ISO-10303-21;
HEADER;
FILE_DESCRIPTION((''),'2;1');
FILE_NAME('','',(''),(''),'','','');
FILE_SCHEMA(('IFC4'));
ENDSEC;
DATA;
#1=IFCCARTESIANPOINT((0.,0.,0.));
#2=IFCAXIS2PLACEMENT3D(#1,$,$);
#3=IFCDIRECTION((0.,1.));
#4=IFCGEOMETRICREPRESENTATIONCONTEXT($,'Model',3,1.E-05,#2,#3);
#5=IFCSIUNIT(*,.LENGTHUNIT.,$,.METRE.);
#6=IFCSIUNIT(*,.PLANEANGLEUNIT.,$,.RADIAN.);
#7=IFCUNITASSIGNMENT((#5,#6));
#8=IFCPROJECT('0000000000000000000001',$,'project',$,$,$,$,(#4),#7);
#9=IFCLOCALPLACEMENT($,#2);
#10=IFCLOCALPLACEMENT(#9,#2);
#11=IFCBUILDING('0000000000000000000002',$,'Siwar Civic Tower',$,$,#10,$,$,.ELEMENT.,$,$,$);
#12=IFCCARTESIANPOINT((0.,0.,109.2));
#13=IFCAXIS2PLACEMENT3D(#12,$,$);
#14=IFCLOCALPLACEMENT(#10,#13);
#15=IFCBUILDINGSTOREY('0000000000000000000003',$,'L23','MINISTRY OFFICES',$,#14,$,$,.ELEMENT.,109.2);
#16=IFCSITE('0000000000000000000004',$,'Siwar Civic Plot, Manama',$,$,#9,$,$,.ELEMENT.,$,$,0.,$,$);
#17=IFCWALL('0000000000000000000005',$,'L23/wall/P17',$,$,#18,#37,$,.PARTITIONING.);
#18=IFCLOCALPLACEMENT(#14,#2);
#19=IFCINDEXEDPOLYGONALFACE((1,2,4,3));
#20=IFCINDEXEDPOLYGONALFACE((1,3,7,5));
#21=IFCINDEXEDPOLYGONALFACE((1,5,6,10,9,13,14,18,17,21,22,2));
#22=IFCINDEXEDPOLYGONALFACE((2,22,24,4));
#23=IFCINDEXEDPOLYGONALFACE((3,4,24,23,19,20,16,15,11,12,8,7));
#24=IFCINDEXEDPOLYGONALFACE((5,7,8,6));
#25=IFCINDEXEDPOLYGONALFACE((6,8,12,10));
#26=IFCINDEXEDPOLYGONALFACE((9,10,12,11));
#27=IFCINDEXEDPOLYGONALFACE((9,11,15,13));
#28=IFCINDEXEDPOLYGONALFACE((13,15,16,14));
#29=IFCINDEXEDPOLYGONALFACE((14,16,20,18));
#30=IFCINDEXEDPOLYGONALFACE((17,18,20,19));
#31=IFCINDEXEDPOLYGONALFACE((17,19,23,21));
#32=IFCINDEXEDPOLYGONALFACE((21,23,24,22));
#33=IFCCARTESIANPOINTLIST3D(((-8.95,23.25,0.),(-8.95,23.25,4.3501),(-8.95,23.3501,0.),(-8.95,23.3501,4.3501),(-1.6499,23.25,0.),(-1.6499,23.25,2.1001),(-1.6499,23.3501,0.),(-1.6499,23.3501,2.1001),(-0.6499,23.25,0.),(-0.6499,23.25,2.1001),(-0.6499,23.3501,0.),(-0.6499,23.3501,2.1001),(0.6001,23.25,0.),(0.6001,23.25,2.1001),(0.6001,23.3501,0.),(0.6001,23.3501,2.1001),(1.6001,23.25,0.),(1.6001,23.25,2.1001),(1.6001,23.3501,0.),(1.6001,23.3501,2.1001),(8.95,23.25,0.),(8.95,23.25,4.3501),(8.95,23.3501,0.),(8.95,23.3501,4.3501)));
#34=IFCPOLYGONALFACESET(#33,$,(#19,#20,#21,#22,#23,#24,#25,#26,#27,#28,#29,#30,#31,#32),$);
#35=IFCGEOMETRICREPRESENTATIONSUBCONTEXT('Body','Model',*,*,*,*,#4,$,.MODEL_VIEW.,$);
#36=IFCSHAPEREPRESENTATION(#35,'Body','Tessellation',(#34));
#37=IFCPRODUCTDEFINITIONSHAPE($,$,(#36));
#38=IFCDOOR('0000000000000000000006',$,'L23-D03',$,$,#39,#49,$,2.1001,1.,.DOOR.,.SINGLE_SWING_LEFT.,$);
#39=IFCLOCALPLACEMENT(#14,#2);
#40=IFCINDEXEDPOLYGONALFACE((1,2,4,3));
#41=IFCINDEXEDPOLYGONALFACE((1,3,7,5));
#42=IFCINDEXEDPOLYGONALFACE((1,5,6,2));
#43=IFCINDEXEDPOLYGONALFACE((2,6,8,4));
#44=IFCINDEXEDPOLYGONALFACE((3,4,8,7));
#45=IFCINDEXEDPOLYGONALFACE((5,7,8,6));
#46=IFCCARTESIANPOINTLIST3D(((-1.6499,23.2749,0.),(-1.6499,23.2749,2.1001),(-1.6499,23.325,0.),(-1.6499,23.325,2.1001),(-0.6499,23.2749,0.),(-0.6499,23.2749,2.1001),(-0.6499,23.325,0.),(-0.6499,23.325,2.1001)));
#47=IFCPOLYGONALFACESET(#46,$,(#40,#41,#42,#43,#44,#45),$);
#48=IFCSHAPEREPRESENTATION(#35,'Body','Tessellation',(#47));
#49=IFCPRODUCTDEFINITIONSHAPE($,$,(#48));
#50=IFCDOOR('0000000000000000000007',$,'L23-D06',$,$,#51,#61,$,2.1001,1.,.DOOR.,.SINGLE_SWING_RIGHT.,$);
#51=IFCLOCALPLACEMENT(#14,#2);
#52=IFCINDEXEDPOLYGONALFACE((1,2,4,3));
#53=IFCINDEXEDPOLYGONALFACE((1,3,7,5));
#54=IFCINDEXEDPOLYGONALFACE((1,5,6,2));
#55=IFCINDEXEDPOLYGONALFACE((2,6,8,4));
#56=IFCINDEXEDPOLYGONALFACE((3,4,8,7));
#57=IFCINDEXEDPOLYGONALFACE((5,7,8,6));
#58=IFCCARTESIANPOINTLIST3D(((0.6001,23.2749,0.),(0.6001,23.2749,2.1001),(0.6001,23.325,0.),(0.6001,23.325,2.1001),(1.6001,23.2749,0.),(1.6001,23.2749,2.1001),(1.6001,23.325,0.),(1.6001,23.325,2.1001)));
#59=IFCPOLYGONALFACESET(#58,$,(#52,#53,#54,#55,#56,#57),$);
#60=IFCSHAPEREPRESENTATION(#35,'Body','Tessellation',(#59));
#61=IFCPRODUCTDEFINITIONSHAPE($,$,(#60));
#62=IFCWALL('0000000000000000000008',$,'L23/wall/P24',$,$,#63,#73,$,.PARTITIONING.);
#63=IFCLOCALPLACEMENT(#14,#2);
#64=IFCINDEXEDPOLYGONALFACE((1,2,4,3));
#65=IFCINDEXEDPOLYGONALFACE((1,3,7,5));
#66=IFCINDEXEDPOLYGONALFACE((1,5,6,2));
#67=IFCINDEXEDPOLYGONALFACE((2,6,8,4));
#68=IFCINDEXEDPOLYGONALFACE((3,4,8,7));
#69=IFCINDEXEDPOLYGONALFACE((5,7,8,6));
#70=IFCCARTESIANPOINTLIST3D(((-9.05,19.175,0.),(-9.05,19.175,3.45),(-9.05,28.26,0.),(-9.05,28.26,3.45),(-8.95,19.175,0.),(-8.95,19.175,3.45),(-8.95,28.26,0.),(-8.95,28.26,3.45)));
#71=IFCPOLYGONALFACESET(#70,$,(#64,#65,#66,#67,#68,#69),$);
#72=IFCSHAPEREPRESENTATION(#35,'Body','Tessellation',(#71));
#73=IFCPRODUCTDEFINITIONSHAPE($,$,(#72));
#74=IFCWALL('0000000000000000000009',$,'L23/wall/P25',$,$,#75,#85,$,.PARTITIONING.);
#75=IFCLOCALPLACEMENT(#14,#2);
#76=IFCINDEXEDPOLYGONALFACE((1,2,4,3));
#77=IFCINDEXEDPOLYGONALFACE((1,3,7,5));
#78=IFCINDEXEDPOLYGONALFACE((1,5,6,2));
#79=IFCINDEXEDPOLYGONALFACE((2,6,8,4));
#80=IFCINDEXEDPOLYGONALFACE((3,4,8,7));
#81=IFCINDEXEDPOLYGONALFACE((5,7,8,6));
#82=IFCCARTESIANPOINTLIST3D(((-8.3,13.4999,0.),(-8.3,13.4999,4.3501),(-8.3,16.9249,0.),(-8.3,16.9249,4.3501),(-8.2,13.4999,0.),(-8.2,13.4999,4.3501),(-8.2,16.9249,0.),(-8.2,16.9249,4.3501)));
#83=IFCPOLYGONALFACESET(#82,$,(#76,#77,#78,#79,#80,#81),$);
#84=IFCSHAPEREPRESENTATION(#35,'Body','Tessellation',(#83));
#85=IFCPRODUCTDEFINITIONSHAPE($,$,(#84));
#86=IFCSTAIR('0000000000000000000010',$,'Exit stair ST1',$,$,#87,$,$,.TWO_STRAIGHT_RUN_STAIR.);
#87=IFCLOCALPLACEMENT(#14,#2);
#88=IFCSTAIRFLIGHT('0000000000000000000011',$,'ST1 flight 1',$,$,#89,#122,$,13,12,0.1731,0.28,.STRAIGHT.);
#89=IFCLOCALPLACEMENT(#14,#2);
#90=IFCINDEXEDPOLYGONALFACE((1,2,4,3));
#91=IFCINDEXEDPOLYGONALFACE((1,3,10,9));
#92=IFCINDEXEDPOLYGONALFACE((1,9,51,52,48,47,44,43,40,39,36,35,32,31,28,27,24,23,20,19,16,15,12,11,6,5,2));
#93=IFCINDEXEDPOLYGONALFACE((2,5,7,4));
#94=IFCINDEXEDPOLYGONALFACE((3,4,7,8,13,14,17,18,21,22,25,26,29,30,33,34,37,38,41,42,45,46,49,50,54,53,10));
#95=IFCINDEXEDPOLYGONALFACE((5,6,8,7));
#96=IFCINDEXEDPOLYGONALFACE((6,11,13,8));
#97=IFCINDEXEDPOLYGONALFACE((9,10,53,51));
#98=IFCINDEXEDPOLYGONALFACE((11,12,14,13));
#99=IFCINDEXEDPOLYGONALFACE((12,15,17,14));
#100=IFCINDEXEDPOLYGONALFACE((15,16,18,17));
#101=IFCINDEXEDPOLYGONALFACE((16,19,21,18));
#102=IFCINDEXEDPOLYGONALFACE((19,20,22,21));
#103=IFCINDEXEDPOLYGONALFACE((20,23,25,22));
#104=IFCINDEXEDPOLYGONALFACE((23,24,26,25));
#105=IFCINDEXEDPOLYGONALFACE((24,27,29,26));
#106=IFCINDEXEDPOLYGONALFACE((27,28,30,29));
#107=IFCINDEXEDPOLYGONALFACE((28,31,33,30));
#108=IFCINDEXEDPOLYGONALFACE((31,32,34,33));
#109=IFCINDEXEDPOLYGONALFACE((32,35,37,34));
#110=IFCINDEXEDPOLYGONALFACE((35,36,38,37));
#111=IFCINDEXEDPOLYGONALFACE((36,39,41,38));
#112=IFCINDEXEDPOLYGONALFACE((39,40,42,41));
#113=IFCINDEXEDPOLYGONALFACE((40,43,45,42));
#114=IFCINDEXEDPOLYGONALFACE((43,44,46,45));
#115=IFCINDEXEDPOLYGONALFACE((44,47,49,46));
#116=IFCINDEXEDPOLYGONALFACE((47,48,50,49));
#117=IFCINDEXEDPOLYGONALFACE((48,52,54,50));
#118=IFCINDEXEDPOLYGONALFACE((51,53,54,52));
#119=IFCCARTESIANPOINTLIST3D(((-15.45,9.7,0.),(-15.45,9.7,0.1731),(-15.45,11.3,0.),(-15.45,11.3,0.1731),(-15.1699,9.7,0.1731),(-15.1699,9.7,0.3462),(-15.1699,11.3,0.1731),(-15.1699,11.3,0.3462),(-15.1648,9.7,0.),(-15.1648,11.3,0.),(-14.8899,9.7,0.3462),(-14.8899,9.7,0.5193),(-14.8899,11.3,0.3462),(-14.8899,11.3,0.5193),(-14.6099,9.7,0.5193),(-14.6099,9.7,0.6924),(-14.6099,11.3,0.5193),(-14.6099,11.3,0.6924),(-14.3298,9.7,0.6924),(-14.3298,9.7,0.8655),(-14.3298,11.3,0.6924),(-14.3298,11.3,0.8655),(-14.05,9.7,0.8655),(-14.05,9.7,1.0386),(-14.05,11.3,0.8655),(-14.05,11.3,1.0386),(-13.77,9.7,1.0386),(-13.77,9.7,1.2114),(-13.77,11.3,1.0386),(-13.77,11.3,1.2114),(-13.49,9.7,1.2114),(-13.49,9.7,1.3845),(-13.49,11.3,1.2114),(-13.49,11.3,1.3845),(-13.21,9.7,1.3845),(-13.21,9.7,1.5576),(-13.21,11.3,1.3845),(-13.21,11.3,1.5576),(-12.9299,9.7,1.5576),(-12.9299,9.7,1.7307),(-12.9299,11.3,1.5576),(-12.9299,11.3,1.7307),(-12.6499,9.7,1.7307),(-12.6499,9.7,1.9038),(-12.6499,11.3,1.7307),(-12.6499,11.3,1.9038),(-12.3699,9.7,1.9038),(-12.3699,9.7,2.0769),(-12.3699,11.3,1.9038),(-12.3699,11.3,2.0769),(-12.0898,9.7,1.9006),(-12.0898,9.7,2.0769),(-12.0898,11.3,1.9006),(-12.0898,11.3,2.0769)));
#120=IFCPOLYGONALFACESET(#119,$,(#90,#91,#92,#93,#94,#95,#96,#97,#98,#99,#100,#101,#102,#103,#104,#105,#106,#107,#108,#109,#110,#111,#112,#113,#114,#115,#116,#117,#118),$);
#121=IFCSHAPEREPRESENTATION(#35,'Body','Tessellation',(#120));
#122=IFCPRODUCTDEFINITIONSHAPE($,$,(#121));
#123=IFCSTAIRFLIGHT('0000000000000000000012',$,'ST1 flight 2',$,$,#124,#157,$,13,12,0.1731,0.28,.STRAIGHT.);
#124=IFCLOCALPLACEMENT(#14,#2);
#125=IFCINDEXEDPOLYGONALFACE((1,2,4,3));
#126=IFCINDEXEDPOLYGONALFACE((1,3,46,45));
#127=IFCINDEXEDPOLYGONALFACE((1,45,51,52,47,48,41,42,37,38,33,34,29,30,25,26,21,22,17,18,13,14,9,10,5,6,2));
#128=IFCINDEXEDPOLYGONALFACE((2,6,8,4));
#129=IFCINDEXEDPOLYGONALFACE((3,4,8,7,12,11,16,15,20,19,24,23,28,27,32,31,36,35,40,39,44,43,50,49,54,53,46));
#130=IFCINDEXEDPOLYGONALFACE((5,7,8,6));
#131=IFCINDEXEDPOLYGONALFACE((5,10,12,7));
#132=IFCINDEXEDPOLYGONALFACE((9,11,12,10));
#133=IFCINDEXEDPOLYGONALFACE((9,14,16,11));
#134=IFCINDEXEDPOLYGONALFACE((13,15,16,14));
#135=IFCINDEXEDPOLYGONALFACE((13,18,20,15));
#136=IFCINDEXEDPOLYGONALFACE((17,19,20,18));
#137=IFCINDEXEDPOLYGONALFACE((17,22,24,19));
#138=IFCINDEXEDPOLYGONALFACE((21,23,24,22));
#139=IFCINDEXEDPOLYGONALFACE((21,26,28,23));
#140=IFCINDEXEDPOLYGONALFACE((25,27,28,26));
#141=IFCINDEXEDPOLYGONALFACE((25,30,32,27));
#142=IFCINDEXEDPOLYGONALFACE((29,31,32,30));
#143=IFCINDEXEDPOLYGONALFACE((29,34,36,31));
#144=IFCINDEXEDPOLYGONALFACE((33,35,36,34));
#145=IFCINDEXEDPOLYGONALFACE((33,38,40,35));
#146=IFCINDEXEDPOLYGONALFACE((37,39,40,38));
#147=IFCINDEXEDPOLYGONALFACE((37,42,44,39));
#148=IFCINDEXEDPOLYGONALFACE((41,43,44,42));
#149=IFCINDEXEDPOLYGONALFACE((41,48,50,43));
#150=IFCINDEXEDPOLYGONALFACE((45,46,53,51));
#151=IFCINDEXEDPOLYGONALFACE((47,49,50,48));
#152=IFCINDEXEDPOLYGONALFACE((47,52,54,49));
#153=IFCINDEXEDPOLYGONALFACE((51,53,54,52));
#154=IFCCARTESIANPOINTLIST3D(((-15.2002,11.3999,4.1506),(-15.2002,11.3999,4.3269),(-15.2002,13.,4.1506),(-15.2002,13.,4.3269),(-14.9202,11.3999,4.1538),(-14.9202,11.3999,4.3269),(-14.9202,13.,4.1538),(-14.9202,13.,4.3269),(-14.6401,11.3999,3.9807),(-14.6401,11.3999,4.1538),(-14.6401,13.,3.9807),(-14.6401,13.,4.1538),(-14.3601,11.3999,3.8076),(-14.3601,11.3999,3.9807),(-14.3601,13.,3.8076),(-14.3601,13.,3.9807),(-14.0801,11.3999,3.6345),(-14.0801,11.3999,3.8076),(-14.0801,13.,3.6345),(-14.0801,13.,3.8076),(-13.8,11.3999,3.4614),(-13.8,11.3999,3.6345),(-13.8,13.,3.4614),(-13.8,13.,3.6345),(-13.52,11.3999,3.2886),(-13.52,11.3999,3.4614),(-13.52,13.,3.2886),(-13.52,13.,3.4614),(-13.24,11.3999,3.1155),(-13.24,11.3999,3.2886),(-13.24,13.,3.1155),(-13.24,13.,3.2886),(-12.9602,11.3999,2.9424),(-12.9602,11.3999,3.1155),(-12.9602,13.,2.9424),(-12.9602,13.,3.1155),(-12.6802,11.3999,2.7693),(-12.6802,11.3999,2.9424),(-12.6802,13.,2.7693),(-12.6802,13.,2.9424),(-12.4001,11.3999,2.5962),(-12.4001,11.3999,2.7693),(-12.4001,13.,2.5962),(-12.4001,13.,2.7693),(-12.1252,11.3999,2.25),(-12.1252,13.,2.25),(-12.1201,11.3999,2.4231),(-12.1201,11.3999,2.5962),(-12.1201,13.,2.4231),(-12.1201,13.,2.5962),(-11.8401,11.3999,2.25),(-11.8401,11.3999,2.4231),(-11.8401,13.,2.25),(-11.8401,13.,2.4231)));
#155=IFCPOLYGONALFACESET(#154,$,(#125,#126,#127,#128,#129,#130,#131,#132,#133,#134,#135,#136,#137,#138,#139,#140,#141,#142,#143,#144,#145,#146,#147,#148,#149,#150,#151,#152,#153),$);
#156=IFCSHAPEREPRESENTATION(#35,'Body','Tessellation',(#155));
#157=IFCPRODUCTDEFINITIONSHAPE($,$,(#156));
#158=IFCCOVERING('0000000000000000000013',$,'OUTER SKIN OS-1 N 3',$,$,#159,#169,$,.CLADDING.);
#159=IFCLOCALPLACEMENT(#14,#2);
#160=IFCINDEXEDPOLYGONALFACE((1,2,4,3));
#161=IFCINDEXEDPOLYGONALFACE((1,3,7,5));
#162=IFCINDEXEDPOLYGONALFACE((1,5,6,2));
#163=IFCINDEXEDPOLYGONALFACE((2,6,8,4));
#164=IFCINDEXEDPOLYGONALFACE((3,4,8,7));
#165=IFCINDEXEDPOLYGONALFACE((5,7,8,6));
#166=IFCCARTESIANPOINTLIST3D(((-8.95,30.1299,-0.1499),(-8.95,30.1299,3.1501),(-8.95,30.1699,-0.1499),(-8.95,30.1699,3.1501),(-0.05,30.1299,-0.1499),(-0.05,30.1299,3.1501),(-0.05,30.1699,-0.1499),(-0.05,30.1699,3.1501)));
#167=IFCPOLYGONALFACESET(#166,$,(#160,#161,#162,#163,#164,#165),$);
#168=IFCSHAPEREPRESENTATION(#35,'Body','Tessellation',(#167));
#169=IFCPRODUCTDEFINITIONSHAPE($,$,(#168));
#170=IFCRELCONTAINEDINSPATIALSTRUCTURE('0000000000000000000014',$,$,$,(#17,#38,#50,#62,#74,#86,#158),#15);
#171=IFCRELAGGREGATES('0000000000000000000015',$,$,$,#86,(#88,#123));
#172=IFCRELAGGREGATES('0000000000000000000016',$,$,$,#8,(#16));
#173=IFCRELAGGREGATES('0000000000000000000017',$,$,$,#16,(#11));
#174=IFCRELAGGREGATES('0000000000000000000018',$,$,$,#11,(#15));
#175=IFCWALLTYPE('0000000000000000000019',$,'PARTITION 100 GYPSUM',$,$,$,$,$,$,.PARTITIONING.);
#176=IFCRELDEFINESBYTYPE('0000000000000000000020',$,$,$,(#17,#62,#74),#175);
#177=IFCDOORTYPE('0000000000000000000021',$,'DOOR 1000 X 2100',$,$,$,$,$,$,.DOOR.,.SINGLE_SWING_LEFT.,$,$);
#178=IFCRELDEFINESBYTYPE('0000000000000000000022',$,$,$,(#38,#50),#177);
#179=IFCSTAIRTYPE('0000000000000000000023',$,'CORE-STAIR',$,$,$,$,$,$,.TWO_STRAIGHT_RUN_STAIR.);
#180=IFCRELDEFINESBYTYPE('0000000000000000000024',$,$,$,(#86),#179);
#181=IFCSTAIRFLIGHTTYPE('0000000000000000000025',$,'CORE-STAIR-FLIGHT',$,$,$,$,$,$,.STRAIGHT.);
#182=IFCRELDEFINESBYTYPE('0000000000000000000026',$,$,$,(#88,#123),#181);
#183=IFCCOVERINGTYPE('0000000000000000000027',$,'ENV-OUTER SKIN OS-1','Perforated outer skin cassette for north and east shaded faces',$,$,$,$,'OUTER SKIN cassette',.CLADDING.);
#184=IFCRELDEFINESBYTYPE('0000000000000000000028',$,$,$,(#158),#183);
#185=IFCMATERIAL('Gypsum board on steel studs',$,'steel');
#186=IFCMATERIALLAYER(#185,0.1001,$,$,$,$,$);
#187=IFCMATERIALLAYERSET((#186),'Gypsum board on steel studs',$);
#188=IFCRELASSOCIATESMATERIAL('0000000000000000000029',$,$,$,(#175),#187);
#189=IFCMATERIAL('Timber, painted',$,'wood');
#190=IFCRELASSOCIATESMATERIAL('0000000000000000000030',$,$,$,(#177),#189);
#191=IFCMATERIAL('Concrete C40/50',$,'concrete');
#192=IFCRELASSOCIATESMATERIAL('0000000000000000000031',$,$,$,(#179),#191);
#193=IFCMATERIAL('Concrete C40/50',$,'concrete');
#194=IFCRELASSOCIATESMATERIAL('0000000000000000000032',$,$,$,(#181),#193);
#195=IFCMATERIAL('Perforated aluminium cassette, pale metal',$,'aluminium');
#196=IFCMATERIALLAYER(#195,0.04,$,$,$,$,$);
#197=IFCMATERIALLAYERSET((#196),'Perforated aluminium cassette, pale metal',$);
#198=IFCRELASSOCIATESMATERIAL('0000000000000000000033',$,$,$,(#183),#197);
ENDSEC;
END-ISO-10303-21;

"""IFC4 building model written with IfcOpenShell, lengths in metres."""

from ifc_helpers import new_model, si_unit, direction, frame, frame_2d, origin, origin_2d, place, context, subcontext, project, spatial, polyline, rectangle, outline, extrude, material, layer, layer_set, type_object, element, fill, aggregate, save


model = new_model("IFC4")

# Units and contexts
model_context = context("Model", 3, precision=1e-05, world=origin(), true_north=direction((0.0, 1.0)))
body_context = subcontext(model_context, "Body", "Model", "MODEL_VIEW")
ifc_project = project(units=[si_unit("LENGTHUNIT", "METRE"), si_unit("PLANEANGLEUNIT", "RADIAN")], contexts=[model_context])

# Site, building, storey
site_placement = place(None, origin())
site = spatial("IfcSite", under=ifc_project, at=site_placement, Name="Siwar Civic Plot, Manama", CompositionType="ELEMENT", RefElevation=0.0)
building_placement = place(site_placement, origin())
building = spatial("IfcBuilding", under=site, at=building_placement, Name="Siwar Civic Tower", CompositionType="ELEMENT")
storey_placement = place(building_placement, frame((0.0, 0.0, 109.2)))
storey = spatial("IfcBuildingStorey", under=building, at=storey_placement, Name="L23", Description="MINISTRY OFFICES", CompositionType="ELEMENT", Elevation=109.2)

# Wall, openings, doors
ifc_material_1 = material(Name="Gypsum board on steel studs", Category="steel")
ifc_layer_1 = layer(ifc_material_1, 0.1001)
ifc_layer_set_1 = layer_set([ifc_layer_1], Name="Gypsum board on steel studs")
wall_type_1 = type_object("IfcWallType", Name="PARTITION 100 GYPSUM", PredefinedType="PARTITIONING", material=ifc_layer_set_1)
wall_1_placement = place(storey_placement, frame((-8.95, 23.3, 0.0), z_axis=(0.0, 0.0, 1.0), x_axis=(1.0, 0.0, 0.0)))
wall_1 = element("IfcWall", 1, at=wall_1_placement, inside=storey, type_object=wall_type_1, Name="L23/wall/P17", PredefinedType="PARTITIONING", context=body_context, shape_type="SweptSolid", body=[
    extrude(rectangle(XDim=17.8999, YDim=0.1001, at=frame_2d((8.95, 0.0))), origin(), (0.0, 0.0, 1.0), 4.3501),
])
opening_1_placement = place(wall_1_placement, frame((7.3, 0.0, 0.0)))
opening_1 = element("IfcOpeningElement", 2, at=opening_1_placement, cuts=wall_1, PredefinedType="OPENING", context=body_context, shape_type="SweptSolid", body=[
    extrude(rectangle(XDim=1.0, YDim=2.1001, at=frame_2d((0.5, 1.05))), frame((0.0, 0.0601, 0.0), z_axis=(0.0, -1.0, 0.0), x_axis=(1.0, 0.0, 0.0)), (0.0, 0.0, 1.0), 0.1201),
])
opening_2_placement = place(wall_1_placement, frame((9.55, 0.0, 0.0)))
opening_2 = element("IfcOpeningElement", 3, at=opening_2_placement, cuts=wall_1, PredefinedType="OPENING", context=body_context, shape_type="SweptSolid", body=[
    extrude(rectangle(XDim=1.0, YDim=2.1001, at=frame_2d((0.5, 1.05))), frame((0.0, 0.0601, 0.0), z_axis=(0.0, -1.0, 0.0), x_axis=(1.0, 0.0, 0.0)), (0.0, 0.0, 1.0), 0.1201),
])
ifc_material_2 = material(Name="Timber, painted", Category="wood")
door_type_1 = type_object("IfcDoorType", Name="DOOR 1000 X 2100", OperationType="SINGLE_SWING_LEFT", PredefinedType="DOOR", material=ifc_material_2)
door_1_placement = place(opening_1_placement, origin())
door_1 = element("IfcDoor", 4, at=door_1_placement, inside=storey, type_object=door_type_1, Name="L23-D03", OperationType="SINGLE_SWING_LEFT", OverallHeight=2.1001, OverallWidth=1.0, PredefinedType="DOOR", context=body_context, shape_type="SweptSolid", body=[
    extrude(rectangle(XDim=1.0, YDim=2.1001, at=frame_2d((0.5, 1.05))), frame((0.0, 0.0249, 0.0), z_axis=(0.0, -1.0, 0.0), x_axis=(1.0, 0.0, 0.0)), (0.0, 0.0, 1.0), 0.05),
])
fill(opening_1, door_1)
door_2_placement = place(opening_2_placement, origin())
door_2 = element("IfcDoor", 5, at=door_2_placement, inside=storey, type_object=door_type_1, Name="L23-D06", OperationType="SINGLE_SWING_RIGHT", OverallHeight=2.1001, OverallWidth=1.0, PredefinedType="DOOR", context=body_context, shape_type="SweptSolid", body=[
    extrude(rectangle(XDim=1.0, YDim=2.1001, at=frame_2d((0.5, 1.05))), frame((0.0, 0.0249, 0.0), z_axis=(0.0, -1.0, 0.0), x_axis=(1.0, 0.0, 0.0)), (0.0, 0.0, 1.0), 0.05),
])
fill(opening_2, door_2)

# Walls
wall_2_placement = place(storey_placement, frame((-9.0, 19.175, 0.0), z_axis=(0.0, 0.0, 1.0), x_axis=(0.0, 1.0, 0.0)))
element("IfcWall", 6, at=wall_2_placement, inside=storey, type_object=wall_type_1, Name="L23/wall/P24", PredefinedType="PARTITIONING", context=body_context, shape_type="SweptSolid", body=[
    extrude(rectangle(XDim=9.085, YDim=0.1001, at=frame_2d((4.5425, 0.0))), origin(), (0.0, 0.0, 1.0), 3.45),
])
wall_3_placement = place(storey_placement, frame((-8.25, 13.5, 0.0), z_axis=(0.0, 0.0, 1.0), x_axis=(0.0, 1.0, 0.0)))
element("IfcWall", 7, at=wall_3_placement, inside=storey, type_object=wall_type_1, Name="L23/wall/P25", PredefinedType="PARTITIONING", context=body_context, shape_type="SweptSolid", body=[
    extrude(rectangle(XDim=3.425, YDim=0.1001, at=frame_2d((1.7124, 0.0))), origin(), (0.0, 0.0, 1.0), 4.3501),
])

# Stair, stair flights
ifc_material_3 = material(Name="Concrete C40/50", Category="concrete")
stair_type = type_object("IfcStairType", Name="CORE-STAIR", PredefinedType="TWO_STRAIGHT_RUN_STAIR", material=ifc_material_3)
stair_placement = place(storey_placement, origin())
stair = element("IfcStair", 8, at=stair_placement, inside=storey, type_object=stair_type, Name="Exit stair ST1", PredefinedType="TWO_STRAIGHT_RUN_STAIR")
ifc_material_4 = material(Name="Concrete C40/50", Category="concrete")
stair_flight_type = type_object("IfcStairFlightType", Name="CORE-STAIR-FLIGHT", PredefinedType="STRAIGHT", material=ifc_material_4)
stair_flight_1_placement = place(storey_placement, frame((-15.45, 10.5, 0.0), z_axis=(0.0, 0.0, 1.0), x_axis=(1.0, 0.0, 0.0)))
stair_flight_1 = element("IfcStairFlight", 9, at=stair_flight_1_placement, type_object=stair_flight_type, Name="ST1 flight 1", NumberOfRisers=13, NumberOfTreads=12, PredefinedType="STRAIGHT", RiserHeight=0.1731, TreadLength=0.28, context=body_context, shape_type="SweptSolid", body=[
    extrude(outline(polyline([(0.0, 0.0), (0.0, 0.1731), (0.28, 0.1731), (0.28, 0.3462), (0.5601, 0.3462), (0.5601, 0.5193), (0.8401, 0.5193), (0.8401, 0.6924), (1.1201, 0.6924), (1.1201, 0.8655), (1.3999, 0.8655), (1.3999, 1.0386), (1.6799, 1.0386), (1.6799, 1.2114), (1.96, 1.2114), (1.96, 1.3845), (2.24, 1.3845), (2.24, 1.5576), (2.52, 1.5576), (2.52, 1.7307), (2.8, 1.7307), (2.8, 1.9038), (3.0801, 1.9038), (3.0801, 2.0769), (3.3601, 2.0769), (3.3601, 2.25), (3.3601, 1.9006), (0.2852, 0.0), (0.0, 0.0)])), frame((0.0, 0.8, 0.0), z_axis=(0.0, -1.0, 0.0), x_axis=(1.0, 0.0, 0.0)), (0.0, 0.0, 1.0), 1.6001),
])
stair_flight_2_placement = place(storey_placement, frame((-11.8401, 12.2, 2.25), z_axis=(0.0, 0.0, 1.0), x_axis=(-1.0, 0.0, 0.0)))
stair_flight_2 = element("IfcStairFlight", 10, at=stair_flight_2_placement, type_object=stair_flight_type, Name="ST1 flight 2", NumberOfRisers=13, NumberOfTreads=12, PredefinedType="STRAIGHT", RiserHeight=0.1731, TreadLength=0.28, context=body_context, shape_type="SweptSolid", body=[
    extrude(outline(polyline([(0.0, 0.0), (0.0, 0.1731), (0.28, 0.1731), (0.28, 0.3462), (0.5601, 0.3462), (0.5601, 0.5193), (0.8401, 0.5193), (0.8401, 0.6924), (1.1201, 0.6924), (1.1201, 0.8655), (1.3999, 0.8655), (1.3999, 1.0386), (1.6799, 1.0386), (1.6799, 1.2114), (1.96, 1.2114), (1.96, 1.3845), (2.24, 1.3845), (2.24, 1.5576), (2.52, 1.5576), (2.52, 1.7307), (2.8, 1.7307), (2.8, 1.9038), (3.0801, 1.9038), (3.0801, 2.0769), (3.3601, 2.0769), (3.3601, 2.25), (3.3601, 1.9006), (0.2852, 0.0), (0.0, 0.0)])), frame((0.0, 0.8, 0.0), z_axis=(0.0, -1.0, 0.0), x_axis=(1.0, 0.0, 0.0)), (0.0, 0.0, 1.0), 1.6001),
])
aggregate(stair, [stair_flight_1, stair_flight_2])

# Covering
ifc_material_5 = material(Name="Perforated aluminium cassette, pale metal", Category="aluminium")
ifc_layer_2 = layer(ifc_material_5, 0.04)
ifc_layer_set_2 = layer_set([ifc_layer_2], Name="Perforated aluminium cassette, pale metal")
covering_type = type_object("IfcCoveringType", Name="ENV-OUTER SKIN OS-1", Description="Perforated outer skin cassette for north and east shaded faces", ElementType="OUTER SKIN cassette", PredefinedType="CLADDING", material=ifc_layer_set_2)
covering_1_placement = place(storey_placement, frame((-4.5, 30.1499, -0.1499), z_axis=(0.0, 0.0, 1.0), x_axis=(-1.0, 0.0, 0.0)))
element("IfcCovering", 11, at=covering_1_placement, inside=storey, type_object=covering_type, Name="OUTER SKIN OS-1 N 3", PredefinedType="CLADDING", context=body_context, shape_type="SweptSolid", body=[
    extrude(rectangle(XDim=8.8999, YDim=0.04, at=origin_2d()), origin(), (0.0, 0.0, 1.0), 3.3),
])

save(model, "model.ifc")
